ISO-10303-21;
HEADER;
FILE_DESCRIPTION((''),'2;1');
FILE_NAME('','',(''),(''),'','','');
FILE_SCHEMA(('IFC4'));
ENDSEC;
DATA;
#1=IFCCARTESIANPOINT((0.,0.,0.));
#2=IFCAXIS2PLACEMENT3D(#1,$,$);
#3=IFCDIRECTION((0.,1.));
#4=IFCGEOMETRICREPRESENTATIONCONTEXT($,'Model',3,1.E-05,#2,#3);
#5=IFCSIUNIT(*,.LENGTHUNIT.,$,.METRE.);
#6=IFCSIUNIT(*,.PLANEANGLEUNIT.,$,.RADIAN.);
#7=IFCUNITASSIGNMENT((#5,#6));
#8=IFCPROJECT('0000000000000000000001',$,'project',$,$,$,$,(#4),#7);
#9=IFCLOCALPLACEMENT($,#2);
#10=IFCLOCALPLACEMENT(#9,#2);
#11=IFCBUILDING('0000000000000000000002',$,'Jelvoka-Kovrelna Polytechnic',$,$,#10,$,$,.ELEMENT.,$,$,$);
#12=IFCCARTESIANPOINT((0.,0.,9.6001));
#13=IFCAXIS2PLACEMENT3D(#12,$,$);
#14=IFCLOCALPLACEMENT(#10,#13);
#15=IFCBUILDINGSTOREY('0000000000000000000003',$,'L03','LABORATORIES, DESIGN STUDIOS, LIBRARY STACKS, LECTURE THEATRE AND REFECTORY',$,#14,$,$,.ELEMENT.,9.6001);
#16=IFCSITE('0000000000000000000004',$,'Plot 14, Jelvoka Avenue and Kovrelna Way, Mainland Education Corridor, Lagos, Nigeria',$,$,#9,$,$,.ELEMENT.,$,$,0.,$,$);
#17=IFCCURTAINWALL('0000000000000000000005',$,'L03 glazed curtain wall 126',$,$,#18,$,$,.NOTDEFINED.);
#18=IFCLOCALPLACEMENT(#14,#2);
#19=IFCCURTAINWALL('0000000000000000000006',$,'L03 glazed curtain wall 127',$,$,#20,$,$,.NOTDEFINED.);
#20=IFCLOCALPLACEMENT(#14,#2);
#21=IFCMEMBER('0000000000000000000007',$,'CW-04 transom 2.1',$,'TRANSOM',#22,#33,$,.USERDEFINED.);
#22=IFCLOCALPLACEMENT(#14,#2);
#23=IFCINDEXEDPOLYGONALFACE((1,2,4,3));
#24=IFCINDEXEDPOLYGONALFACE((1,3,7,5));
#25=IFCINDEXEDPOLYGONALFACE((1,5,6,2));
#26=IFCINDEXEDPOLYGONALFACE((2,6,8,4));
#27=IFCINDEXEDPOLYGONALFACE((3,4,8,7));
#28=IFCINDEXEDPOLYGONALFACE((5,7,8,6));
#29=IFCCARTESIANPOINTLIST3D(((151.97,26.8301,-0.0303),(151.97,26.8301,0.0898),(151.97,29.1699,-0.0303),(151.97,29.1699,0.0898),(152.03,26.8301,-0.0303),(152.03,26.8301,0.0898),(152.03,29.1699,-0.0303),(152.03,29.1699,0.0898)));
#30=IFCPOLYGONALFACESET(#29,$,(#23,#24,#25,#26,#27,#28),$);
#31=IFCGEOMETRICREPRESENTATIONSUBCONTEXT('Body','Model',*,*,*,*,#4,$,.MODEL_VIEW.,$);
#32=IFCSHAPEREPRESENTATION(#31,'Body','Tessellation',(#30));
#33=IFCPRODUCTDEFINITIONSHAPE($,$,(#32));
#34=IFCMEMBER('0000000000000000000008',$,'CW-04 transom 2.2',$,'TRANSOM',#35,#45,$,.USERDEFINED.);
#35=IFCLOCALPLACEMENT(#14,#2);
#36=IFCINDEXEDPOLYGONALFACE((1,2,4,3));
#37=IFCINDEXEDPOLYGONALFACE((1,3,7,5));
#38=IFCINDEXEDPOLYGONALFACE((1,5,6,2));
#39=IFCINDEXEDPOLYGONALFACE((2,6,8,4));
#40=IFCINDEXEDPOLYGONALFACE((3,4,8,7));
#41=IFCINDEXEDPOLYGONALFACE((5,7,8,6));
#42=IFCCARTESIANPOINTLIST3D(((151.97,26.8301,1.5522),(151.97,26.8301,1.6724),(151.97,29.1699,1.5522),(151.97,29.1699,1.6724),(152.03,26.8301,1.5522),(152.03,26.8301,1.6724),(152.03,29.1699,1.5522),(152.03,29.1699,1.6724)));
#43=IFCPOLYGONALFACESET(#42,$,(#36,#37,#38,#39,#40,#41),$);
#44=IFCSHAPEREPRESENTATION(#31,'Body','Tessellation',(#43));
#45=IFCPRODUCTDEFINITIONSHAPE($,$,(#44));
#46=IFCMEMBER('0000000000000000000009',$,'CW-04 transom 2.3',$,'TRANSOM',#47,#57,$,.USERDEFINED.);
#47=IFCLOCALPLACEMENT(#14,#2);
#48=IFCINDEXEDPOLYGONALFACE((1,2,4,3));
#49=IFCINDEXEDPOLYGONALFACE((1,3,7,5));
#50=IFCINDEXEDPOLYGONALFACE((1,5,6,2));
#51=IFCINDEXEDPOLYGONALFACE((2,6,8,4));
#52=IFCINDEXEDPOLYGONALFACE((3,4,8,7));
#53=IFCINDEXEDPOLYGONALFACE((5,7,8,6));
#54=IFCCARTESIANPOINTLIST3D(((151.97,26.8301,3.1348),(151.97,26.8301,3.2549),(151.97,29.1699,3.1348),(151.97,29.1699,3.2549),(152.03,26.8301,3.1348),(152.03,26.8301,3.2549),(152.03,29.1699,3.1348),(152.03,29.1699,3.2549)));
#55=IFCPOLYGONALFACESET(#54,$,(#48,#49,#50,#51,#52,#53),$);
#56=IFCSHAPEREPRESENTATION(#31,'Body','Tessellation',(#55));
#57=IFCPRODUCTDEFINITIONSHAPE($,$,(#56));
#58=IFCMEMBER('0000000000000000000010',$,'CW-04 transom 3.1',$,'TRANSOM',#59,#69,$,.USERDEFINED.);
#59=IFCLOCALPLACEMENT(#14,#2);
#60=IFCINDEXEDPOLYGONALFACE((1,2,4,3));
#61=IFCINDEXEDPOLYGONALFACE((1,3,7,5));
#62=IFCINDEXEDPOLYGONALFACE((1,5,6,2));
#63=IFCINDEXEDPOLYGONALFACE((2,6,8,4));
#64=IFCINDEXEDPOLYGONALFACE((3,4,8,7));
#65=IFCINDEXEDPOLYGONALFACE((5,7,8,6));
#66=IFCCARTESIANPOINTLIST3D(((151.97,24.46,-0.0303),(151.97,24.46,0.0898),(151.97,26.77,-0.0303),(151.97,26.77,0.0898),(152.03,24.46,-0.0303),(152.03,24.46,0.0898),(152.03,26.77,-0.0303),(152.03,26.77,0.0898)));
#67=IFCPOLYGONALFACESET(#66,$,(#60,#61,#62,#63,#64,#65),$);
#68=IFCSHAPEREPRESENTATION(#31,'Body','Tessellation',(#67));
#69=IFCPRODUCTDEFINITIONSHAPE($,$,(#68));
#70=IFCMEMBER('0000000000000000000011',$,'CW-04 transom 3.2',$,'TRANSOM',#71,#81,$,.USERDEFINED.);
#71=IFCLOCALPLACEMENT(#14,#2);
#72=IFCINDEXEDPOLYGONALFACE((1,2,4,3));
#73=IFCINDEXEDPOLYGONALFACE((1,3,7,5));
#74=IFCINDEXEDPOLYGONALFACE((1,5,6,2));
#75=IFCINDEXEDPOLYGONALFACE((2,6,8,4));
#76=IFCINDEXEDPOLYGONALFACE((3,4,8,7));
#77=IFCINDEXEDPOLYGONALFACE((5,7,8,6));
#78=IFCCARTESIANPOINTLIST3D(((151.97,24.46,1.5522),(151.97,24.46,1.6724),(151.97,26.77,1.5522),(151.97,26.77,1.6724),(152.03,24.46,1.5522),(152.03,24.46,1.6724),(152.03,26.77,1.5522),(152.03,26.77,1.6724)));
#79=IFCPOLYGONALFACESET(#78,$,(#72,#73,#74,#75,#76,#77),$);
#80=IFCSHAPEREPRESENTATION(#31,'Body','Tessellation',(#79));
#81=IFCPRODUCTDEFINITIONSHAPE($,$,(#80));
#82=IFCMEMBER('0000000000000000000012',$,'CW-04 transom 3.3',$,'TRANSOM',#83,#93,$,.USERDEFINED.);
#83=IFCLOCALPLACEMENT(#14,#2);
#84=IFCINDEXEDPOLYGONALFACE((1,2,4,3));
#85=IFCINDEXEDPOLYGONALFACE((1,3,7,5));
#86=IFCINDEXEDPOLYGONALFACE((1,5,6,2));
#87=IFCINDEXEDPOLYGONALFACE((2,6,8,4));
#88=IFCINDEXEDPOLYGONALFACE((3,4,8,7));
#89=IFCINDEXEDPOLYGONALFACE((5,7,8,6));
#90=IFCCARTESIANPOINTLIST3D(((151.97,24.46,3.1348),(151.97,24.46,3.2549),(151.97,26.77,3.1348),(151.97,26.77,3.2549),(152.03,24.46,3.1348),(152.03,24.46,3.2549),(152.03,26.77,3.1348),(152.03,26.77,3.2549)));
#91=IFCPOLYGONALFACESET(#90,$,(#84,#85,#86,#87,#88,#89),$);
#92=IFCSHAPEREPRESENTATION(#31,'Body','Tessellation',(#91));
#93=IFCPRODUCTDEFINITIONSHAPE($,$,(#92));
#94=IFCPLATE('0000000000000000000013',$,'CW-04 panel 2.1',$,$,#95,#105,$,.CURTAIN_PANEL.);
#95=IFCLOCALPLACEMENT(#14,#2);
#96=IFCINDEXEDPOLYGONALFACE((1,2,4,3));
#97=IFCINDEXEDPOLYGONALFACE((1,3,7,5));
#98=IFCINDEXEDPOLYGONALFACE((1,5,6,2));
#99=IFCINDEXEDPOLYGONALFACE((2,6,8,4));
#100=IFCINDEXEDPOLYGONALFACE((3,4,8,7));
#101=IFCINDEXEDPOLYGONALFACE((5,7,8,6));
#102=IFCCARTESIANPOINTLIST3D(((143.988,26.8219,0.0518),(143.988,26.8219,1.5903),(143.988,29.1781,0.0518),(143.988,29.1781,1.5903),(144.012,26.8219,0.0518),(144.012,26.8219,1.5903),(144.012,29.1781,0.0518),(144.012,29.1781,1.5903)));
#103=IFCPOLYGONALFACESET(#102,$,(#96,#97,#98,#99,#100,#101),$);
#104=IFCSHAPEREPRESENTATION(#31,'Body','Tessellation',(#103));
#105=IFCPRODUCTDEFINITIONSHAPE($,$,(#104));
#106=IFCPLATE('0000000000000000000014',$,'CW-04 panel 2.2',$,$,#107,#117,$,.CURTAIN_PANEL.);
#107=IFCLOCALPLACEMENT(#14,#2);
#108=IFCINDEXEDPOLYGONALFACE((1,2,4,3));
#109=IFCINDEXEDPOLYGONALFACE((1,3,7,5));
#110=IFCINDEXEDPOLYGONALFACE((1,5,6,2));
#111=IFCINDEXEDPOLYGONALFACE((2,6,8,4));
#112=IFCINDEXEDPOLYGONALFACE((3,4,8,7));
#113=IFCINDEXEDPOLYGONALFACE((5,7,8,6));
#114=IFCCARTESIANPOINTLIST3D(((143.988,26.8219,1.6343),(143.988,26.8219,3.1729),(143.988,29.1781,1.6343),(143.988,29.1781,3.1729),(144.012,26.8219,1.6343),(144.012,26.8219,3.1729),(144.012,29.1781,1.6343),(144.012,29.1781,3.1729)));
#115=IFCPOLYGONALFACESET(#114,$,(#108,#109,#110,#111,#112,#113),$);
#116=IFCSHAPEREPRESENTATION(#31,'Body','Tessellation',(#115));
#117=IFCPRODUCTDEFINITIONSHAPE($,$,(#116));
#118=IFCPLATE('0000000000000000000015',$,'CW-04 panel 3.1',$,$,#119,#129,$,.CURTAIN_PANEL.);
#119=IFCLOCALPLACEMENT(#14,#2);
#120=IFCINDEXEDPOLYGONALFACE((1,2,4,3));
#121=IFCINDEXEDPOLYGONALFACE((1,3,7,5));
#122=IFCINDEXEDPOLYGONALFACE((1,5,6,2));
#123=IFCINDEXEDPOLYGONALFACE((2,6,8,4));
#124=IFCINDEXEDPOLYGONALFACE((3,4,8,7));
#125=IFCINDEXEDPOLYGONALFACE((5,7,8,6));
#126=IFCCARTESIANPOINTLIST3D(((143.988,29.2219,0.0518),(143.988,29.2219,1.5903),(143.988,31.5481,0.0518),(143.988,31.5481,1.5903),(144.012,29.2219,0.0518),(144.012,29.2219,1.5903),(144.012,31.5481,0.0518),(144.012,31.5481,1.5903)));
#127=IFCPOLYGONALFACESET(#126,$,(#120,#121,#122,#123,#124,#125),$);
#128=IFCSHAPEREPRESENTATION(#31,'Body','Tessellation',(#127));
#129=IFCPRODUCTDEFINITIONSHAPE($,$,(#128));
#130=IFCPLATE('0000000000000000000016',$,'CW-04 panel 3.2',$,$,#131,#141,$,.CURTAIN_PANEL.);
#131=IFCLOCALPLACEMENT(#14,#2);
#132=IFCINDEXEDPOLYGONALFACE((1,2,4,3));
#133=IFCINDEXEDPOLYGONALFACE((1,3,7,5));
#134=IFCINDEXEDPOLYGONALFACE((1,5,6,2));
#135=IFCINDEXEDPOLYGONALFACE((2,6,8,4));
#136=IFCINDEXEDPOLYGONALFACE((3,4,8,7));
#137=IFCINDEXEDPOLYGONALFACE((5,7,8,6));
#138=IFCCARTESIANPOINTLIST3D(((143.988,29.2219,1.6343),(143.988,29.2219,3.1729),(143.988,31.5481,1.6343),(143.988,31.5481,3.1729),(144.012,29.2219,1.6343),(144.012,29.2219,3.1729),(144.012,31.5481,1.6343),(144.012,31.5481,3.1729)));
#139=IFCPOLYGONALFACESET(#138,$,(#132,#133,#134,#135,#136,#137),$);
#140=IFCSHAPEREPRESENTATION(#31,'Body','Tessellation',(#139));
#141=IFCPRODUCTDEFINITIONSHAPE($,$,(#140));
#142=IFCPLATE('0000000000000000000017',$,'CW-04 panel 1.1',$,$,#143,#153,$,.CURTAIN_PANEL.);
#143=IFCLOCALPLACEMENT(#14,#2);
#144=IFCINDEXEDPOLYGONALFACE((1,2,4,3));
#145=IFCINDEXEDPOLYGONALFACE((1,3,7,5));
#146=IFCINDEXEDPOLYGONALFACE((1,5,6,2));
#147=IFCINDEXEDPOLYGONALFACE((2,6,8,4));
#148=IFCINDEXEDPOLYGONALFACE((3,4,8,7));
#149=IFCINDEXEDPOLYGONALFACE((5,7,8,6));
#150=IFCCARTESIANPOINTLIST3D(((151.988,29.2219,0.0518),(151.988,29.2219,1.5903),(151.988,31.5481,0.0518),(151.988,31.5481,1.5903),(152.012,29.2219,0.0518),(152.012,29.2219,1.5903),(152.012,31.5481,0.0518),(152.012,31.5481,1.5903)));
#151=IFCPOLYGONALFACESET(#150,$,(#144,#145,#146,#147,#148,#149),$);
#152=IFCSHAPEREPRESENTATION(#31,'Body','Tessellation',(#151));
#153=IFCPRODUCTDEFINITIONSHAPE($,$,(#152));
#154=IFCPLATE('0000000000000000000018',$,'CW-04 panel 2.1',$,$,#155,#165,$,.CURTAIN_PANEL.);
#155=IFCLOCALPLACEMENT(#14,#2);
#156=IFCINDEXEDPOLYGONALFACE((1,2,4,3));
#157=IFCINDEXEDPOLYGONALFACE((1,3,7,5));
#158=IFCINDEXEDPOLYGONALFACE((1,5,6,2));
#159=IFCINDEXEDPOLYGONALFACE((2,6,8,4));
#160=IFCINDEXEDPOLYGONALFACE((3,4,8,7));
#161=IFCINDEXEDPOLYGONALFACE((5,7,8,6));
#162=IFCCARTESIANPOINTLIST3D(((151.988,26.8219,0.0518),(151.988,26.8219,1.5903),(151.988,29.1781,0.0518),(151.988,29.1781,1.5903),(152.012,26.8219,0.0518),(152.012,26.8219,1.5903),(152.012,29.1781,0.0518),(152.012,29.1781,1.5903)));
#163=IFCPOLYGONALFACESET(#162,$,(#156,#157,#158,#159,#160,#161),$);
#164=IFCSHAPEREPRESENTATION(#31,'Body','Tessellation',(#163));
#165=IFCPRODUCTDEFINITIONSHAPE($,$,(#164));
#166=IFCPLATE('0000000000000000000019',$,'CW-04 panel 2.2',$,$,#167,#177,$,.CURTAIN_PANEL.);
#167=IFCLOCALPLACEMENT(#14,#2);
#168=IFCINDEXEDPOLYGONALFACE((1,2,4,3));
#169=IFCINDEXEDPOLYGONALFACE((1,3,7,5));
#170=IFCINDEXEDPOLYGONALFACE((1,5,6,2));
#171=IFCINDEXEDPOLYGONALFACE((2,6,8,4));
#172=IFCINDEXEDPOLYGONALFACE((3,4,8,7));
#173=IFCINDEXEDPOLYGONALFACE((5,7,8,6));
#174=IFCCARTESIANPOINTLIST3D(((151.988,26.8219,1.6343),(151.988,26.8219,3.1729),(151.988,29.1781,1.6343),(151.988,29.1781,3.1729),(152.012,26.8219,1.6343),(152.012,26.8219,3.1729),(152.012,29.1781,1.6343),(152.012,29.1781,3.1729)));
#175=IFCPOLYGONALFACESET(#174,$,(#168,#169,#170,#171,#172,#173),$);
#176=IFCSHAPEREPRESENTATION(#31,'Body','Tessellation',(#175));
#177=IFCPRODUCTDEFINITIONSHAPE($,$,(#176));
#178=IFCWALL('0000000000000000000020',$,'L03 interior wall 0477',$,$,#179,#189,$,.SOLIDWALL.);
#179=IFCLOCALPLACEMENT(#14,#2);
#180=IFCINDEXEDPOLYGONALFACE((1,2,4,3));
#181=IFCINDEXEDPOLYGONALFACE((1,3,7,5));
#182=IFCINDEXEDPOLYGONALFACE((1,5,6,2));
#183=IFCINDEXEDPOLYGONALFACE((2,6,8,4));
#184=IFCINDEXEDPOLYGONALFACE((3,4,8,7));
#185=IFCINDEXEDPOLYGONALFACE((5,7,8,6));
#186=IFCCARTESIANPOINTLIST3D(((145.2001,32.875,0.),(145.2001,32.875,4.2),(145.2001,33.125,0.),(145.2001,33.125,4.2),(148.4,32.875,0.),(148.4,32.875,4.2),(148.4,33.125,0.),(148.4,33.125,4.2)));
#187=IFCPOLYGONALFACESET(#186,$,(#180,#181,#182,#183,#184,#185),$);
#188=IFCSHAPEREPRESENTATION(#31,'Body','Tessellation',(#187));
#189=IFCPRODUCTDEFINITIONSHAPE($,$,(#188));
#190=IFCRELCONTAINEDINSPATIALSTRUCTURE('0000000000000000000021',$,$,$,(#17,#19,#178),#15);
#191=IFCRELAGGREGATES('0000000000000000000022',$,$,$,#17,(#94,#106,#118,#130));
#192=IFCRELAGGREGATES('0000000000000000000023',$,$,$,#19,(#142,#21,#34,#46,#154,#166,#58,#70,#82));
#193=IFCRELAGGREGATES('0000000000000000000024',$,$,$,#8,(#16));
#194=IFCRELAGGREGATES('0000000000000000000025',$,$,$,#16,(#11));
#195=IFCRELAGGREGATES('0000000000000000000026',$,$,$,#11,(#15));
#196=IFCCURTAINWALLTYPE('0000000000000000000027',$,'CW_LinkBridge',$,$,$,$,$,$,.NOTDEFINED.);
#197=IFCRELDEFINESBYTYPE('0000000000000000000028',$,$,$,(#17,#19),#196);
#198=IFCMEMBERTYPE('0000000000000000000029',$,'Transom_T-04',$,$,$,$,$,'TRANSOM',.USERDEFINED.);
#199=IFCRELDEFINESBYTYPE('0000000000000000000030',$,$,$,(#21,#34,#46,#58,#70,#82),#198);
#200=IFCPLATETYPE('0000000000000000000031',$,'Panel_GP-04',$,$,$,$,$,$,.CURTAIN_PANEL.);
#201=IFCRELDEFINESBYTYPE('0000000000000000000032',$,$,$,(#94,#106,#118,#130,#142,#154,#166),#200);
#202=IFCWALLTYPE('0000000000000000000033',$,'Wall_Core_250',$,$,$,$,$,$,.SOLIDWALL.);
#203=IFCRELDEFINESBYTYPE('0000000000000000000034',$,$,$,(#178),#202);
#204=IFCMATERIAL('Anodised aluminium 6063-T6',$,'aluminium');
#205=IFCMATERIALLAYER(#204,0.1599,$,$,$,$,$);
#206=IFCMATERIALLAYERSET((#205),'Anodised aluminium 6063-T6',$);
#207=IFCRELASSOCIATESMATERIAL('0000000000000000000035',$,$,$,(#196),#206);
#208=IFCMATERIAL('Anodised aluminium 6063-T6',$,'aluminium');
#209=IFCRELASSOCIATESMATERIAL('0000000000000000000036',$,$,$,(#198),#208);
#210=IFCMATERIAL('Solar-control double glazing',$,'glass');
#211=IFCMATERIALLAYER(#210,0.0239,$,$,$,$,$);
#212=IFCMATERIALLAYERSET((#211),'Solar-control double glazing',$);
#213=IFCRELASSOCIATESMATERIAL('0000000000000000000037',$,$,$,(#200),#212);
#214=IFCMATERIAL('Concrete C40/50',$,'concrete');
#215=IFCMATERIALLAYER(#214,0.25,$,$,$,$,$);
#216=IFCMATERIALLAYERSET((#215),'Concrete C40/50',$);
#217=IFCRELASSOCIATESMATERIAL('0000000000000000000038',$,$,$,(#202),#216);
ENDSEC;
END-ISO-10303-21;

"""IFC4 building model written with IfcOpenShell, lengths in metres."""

from ifc_helpers import new_model, si_unit, direction, frame, frame_2d, origin, origin_2d, place, context, subcontext, project, spatial, rectangle, extrude, material, layer, layer_set, material_profile, profile_set, type_object, element, aggregate, save


model = new_model("IFC4")

# Units and contexts
model_context = context("Model", 3, precision=1e-05, world=origin(), true_north=direction((0.0, 1.0)))
body_context = subcontext(model_context, "Body", "Model", "MODEL_VIEW")
ifc_project = project(units=[si_unit("LENGTHUNIT", "METRE"), si_unit("PLANEANGLEUNIT", "RADIAN")], contexts=[model_context])

# Site, building, storey
site_placement = place(None, origin())
site = spatial("IfcSite", under=ifc_project, at=site_placement, Name="Plot 14, Jelvoka Avenue and Kovrelna Way, Mainland Education Corridor, Lagos, Nigeria", CompositionType="ELEMENT", RefElevation=0.0)
building_placement = place(site_placement, origin())
building = spatial("IfcBuilding", under=site, at=building_placement, Name="Jelvoka-Kovrelna Polytechnic", CompositionType="ELEMENT")
storey_placement = place(building_placement, frame((0.0, 0.0, 9.6001)))
storey = spatial("IfcBuildingStorey", under=building, at=storey_placement, Name="L03", Description="LABORATORIES, DESIGN STUDIOS, LIBRARY STACKS, LECTURE THEATRE AND REFECTORY", CompositionType="ELEMENT", Elevation=9.6001)

# Curtain walls
ifc_material_1 = material(Name="Anodised aluminium 6063-T6", Category="aluminium")
ifc_layer_1 = layer(ifc_material_1, 0.1599)
ifc_layer_set_1 = layer_set([ifc_layer_1], Name="Anodised aluminium 6063-T6")
curtain_wall_type = type_object("IfcCurtainWallType", Name="CW_LinkBridge", PredefinedType="NOTDEFINED", material=ifc_layer_set_1)
curtain_wall_1_placement = place(storey_placement, origin())
curtain_wall_1 = element("IfcCurtainWall", 1, at=curtain_wall_1_placement, inside=storey, type_object=curtain_wall_type, Name="L03 glazed curtain wall 126", PredefinedType="NOTDEFINED")
curtain_wall_2_placement = place(storey_placement, origin())
curtain_wall_2 = element("IfcCurtainWall", 2, at=curtain_wall_2_placement, inside=storey, type_object=curtain_wall_type, Name="L03 glazed curtain wall 127", PredefinedType="NOTDEFINED")

# Members
ifc_material_2 = material(Name="Anodised aluminium 6063-T6", Category="aluminium")
ifc_material_profile_1 = material_profile(ifc_material_2, rectangle(XDim=0.0601, YDim=0.1201, at=origin_2d()), Name="ALU 60x120")
ifc_profile_set_1 = profile_set([ifc_material_profile_1], Name="Anodised aluminium 6063-T6")
member_type_1 = type_object("IfcMemberType", Name="Transom_T-04", ElementType="TRANSOM", PredefinedType="USERDEFINED", material=ifc_profile_set_1)
member_1_placement = place(storey_placement, frame((152.0, 29.1699, 0.0298), z_axis=(0.0, -1.0, 0.0), x_axis=(1.0, 0.0, 0.0)))
member_1 = element("IfcMember", 3, at=member_1_placement, type_object=member_type_1, Name="CW-04 transom 2.1", ObjectType="TRANSOM", PredefinedType="USERDEFINED", context=body_context, shape_type="SweptSolid", body=[
    extrude(rectangle(XDim=0.0601, YDim=0.1201, at=origin_2d()), origin(), (0.0, 0.0, 1.0), 2.3398),
])
member_2_placement = place(storey_placement, frame((152.0, 29.1699, 1.6123), z_axis=(0.0, -1.0, 0.0), x_axis=(1.0, 0.0, 0.0)))
member_2 = element("IfcMember", 4, at=member_2_placement, type_object=member_type_1, Name="CW-04 transom 2.2", ObjectType="TRANSOM", PredefinedType="USERDEFINED", context=body_context, shape_type="SweptSolid", body=[
    extrude(rectangle(XDim=0.0601, YDim=0.1201, at=origin_2d()), origin(), (0.0, 0.0, 1.0), 2.3398),
])
member_3_placement = place(storey_placement, frame((152.0, 29.1699, 3.1948), z_axis=(0.0, -1.0, 0.0), x_axis=(1.0, 0.0, 0.0)))
member_3 = element("IfcMember", 5, at=member_3_placement, type_object=member_type_1, Name="CW-04 transom 2.3", ObjectType="TRANSOM", PredefinedType="USERDEFINED", context=body_context, shape_type="SweptSolid", body=[
    extrude(rectangle(XDim=0.0601, YDim=0.1201, at=origin_2d()), origin(), (0.0, 0.0, 1.0), 2.3398),
])
member_4_placement = place(storey_placement, frame((152.0, 26.77, 0.0298), z_axis=(0.0, -1.0, 0.0), x_axis=(1.0, 0.0, 0.0)))
member_4 = element("IfcMember", 6, at=member_4_placement, type_object=member_type_1, Name="CW-04 transom 3.1", ObjectType="TRANSOM", PredefinedType="USERDEFINED", context=body_context, shape_type="SweptSolid", body=[
    extrude(rectangle(XDim=0.0601, YDim=0.1201, at=origin_2d()), origin(), (0.0, 0.0, 1.0), 2.3101),
])
member_5_placement = place(storey_placement, frame((152.0, 26.77, 1.6123), z_axis=(0.0, -1.0, 0.0), x_axis=(1.0, 0.0, 0.0)))
member_5 = element("IfcMember", 7, at=member_5_placement, type_object=member_type_1, Name="CW-04 transom 3.2", ObjectType="TRANSOM", PredefinedType="USERDEFINED", context=body_context, shape_type="SweptSolid", body=[
    extrude(rectangle(XDim=0.0601, YDim=0.1201, at=origin_2d()), origin(), (0.0, 0.0, 1.0), 2.3101),
])
member_6_placement = place(storey_placement, frame((152.0, 26.77, 3.1948), z_axis=(0.0, -1.0, 0.0), x_axis=(1.0, 0.0, 0.0)))
member_6 = element("IfcMember", 8, at=member_6_placement, type_object=member_type_1, Name="CW-04 transom 3.3", ObjectType="TRANSOM", PredefinedType="USERDEFINED", context=body_context, shape_type="SweptSolid", body=[
    extrude(rectangle(XDim=0.0601, YDim=0.1201, at=origin_2d()), origin(), (0.0, 0.0, 1.0), 2.3101),
])

# Plates
ifc_material_3 = material(Name="Solar-control double glazing", Category="glass")
ifc_layer_2 = layer(ifc_material_3, 0.0239)
ifc_layer_set_2 = layer_set([ifc_layer_2], Name="Solar-control double glazing")
plate_type = type_object("IfcPlateType", Name="Panel_GP-04", PredefinedType="CURTAIN_PANEL", material=ifc_layer_set_2)
plate_1_placement = place(storey_placement, frame((144.0, 28.0, 0.0518), z_axis=(0.0, 0.0, 1.0), x_axis=(0.0, 1.0, 0.0)))
plate_1 = element("IfcPlate", 9, at=plate_1_placement, type_object=plate_type, Name="CW-04 panel 2.1", PredefinedType="CURTAIN_PANEL", context=body_context, shape_type="SweptSolid", body=[
    extrude(rectangle(XDim=2.3562, YDim=0.0239, at=origin_2d()), origin(), (0.0, 0.0, 1.0), 1.5386),
])
plate_2_placement = place(storey_placement, frame((144.0, 28.0, 1.6343), z_axis=(0.0, 0.0, 1.0), x_axis=(0.0, 1.0, 0.0)))
plate_2 = element("IfcPlate", 10, at=plate_2_placement, type_object=plate_type, Name="CW-04 panel 2.2", PredefinedType="CURTAIN_PANEL", context=body_context, shape_type="SweptSolid", body=[
    extrude(rectangle(XDim=2.3562, YDim=0.0239, at=origin_2d()), origin(), (0.0, 0.0, 1.0), 1.5386),
])
plate_3_placement = place(storey_placement, frame((144.0, 30.385, 0.0518), z_axis=(0.0, 0.0, 1.0), x_axis=(0.0, 1.0, 0.0)))
plate_3 = element("IfcPlate", 11, at=plate_3_placement, type_object=plate_type, Name="CW-04 panel 3.1", PredefinedType="CURTAIN_PANEL", context=body_context, shape_type="SweptSolid", body=[
    extrude(rectangle(XDim=2.3262, YDim=0.0239, at=origin_2d()), origin(), (0.0, 0.0, 1.0), 1.5386),
])
plate_4_placement = place(storey_placement, frame((144.0, 30.385, 1.6343), z_axis=(0.0, 0.0, 1.0), x_axis=(0.0, 1.0, 0.0)))
plate_4 = element("IfcPlate", 12, at=plate_4_placement, type_object=plate_type, Name="CW-04 panel 3.2", PredefinedType="CURTAIN_PANEL", context=body_context, shape_type="SweptSolid", body=[
    extrude(rectangle(XDim=2.3262, YDim=0.0239, at=origin_2d()), origin(), (0.0, 0.0, 1.0), 1.5386),
])
aggregate(curtain_wall_1, [plate_1, plate_2, plate_3, plate_4])
plate_5_placement = place(storey_placement, frame((152.0, 30.385, 0.0518), z_axis=(0.0, 0.0, 1.0), x_axis=(0.0, -1.0, 0.0)))
plate_5 = element("IfcPlate", 13, at=plate_5_placement, type_object=plate_type, Name="CW-04 panel 1.1", PredefinedType="CURTAIN_PANEL", context=body_context, shape_type="SweptSolid", body=[
    extrude(rectangle(XDim=2.3262, YDim=0.0239, at=origin_2d()), origin(), (0.0, 0.0, 1.0), 1.5386),
])
plate_6_placement = place(storey_placement, frame((152.0, 28.0, 0.0518), z_axis=(0.0, 0.0, 1.0), x_axis=(0.0, -1.0, 0.0)))
plate_6 = element("IfcPlate", 14, at=plate_6_placement, type_object=plate_type, Name="CW-04 panel 2.1", PredefinedType="CURTAIN_PANEL", context=body_context, shape_type="SweptSolid", body=[
    extrude(rectangle(XDim=2.3562, YDim=0.0239, at=origin_2d()), origin(), (0.0, 0.0, 1.0), 1.5386),
])
plate_7_placement = place(storey_placement, frame((152.0, 28.0, 1.6343), z_axis=(0.0, 0.0, 1.0), x_axis=(0.0, -1.0, 0.0)))
plate_7 = element("IfcPlate", 15, at=plate_7_placement, type_object=plate_type, Name="CW-04 panel 2.2", PredefinedType="CURTAIN_PANEL", context=body_context, shape_type="SweptSolid", body=[
    extrude(rectangle(XDim=2.3562, YDim=0.0239, at=origin_2d()), origin(), (0.0, 0.0, 1.0), 1.5386),
])
aggregate(curtain_wall_2, [plate_5, member_1, member_2, member_3, plate_6, plate_7, member_4, member_5, member_6])

# Wall
ifc_material_4 = material(Name="Concrete C40/50", Category="concrete")
ifc_layer_3 = layer(ifc_material_4, 0.25)
ifc_layer_set_3 = layer_set([ifc_layer_3], Name="Concrete C40/50")
wall_type_1 = type_object("IfcWallType", Name="Wall_Core_250", PredefinedType="SOLIDWALL", material=ifc_layer_set_3)
wall_1_placement = place(storey_placement, frame((145.2, 33.0, 0.0), z_axis=(0.0, 0.0, 1.0), x_axis=(1.0, 0.0, 0.0)))
element("IfcWall", 16, at=wall_1_placement, inside=storey, type_object=wall_type_1, Name="L03 interior wall 0477", PredefinedType="SOLIDWALL", context=body_context, shape_type="SweptSolid", body=[
    extrude(rectangle(XDim=3.2, YDim=0.25, at=frame_2d((1.6001, 0.0))), origin(), (0.0, 0.0, 1.0), 4.2),
])

save(model, "model.ifc")
